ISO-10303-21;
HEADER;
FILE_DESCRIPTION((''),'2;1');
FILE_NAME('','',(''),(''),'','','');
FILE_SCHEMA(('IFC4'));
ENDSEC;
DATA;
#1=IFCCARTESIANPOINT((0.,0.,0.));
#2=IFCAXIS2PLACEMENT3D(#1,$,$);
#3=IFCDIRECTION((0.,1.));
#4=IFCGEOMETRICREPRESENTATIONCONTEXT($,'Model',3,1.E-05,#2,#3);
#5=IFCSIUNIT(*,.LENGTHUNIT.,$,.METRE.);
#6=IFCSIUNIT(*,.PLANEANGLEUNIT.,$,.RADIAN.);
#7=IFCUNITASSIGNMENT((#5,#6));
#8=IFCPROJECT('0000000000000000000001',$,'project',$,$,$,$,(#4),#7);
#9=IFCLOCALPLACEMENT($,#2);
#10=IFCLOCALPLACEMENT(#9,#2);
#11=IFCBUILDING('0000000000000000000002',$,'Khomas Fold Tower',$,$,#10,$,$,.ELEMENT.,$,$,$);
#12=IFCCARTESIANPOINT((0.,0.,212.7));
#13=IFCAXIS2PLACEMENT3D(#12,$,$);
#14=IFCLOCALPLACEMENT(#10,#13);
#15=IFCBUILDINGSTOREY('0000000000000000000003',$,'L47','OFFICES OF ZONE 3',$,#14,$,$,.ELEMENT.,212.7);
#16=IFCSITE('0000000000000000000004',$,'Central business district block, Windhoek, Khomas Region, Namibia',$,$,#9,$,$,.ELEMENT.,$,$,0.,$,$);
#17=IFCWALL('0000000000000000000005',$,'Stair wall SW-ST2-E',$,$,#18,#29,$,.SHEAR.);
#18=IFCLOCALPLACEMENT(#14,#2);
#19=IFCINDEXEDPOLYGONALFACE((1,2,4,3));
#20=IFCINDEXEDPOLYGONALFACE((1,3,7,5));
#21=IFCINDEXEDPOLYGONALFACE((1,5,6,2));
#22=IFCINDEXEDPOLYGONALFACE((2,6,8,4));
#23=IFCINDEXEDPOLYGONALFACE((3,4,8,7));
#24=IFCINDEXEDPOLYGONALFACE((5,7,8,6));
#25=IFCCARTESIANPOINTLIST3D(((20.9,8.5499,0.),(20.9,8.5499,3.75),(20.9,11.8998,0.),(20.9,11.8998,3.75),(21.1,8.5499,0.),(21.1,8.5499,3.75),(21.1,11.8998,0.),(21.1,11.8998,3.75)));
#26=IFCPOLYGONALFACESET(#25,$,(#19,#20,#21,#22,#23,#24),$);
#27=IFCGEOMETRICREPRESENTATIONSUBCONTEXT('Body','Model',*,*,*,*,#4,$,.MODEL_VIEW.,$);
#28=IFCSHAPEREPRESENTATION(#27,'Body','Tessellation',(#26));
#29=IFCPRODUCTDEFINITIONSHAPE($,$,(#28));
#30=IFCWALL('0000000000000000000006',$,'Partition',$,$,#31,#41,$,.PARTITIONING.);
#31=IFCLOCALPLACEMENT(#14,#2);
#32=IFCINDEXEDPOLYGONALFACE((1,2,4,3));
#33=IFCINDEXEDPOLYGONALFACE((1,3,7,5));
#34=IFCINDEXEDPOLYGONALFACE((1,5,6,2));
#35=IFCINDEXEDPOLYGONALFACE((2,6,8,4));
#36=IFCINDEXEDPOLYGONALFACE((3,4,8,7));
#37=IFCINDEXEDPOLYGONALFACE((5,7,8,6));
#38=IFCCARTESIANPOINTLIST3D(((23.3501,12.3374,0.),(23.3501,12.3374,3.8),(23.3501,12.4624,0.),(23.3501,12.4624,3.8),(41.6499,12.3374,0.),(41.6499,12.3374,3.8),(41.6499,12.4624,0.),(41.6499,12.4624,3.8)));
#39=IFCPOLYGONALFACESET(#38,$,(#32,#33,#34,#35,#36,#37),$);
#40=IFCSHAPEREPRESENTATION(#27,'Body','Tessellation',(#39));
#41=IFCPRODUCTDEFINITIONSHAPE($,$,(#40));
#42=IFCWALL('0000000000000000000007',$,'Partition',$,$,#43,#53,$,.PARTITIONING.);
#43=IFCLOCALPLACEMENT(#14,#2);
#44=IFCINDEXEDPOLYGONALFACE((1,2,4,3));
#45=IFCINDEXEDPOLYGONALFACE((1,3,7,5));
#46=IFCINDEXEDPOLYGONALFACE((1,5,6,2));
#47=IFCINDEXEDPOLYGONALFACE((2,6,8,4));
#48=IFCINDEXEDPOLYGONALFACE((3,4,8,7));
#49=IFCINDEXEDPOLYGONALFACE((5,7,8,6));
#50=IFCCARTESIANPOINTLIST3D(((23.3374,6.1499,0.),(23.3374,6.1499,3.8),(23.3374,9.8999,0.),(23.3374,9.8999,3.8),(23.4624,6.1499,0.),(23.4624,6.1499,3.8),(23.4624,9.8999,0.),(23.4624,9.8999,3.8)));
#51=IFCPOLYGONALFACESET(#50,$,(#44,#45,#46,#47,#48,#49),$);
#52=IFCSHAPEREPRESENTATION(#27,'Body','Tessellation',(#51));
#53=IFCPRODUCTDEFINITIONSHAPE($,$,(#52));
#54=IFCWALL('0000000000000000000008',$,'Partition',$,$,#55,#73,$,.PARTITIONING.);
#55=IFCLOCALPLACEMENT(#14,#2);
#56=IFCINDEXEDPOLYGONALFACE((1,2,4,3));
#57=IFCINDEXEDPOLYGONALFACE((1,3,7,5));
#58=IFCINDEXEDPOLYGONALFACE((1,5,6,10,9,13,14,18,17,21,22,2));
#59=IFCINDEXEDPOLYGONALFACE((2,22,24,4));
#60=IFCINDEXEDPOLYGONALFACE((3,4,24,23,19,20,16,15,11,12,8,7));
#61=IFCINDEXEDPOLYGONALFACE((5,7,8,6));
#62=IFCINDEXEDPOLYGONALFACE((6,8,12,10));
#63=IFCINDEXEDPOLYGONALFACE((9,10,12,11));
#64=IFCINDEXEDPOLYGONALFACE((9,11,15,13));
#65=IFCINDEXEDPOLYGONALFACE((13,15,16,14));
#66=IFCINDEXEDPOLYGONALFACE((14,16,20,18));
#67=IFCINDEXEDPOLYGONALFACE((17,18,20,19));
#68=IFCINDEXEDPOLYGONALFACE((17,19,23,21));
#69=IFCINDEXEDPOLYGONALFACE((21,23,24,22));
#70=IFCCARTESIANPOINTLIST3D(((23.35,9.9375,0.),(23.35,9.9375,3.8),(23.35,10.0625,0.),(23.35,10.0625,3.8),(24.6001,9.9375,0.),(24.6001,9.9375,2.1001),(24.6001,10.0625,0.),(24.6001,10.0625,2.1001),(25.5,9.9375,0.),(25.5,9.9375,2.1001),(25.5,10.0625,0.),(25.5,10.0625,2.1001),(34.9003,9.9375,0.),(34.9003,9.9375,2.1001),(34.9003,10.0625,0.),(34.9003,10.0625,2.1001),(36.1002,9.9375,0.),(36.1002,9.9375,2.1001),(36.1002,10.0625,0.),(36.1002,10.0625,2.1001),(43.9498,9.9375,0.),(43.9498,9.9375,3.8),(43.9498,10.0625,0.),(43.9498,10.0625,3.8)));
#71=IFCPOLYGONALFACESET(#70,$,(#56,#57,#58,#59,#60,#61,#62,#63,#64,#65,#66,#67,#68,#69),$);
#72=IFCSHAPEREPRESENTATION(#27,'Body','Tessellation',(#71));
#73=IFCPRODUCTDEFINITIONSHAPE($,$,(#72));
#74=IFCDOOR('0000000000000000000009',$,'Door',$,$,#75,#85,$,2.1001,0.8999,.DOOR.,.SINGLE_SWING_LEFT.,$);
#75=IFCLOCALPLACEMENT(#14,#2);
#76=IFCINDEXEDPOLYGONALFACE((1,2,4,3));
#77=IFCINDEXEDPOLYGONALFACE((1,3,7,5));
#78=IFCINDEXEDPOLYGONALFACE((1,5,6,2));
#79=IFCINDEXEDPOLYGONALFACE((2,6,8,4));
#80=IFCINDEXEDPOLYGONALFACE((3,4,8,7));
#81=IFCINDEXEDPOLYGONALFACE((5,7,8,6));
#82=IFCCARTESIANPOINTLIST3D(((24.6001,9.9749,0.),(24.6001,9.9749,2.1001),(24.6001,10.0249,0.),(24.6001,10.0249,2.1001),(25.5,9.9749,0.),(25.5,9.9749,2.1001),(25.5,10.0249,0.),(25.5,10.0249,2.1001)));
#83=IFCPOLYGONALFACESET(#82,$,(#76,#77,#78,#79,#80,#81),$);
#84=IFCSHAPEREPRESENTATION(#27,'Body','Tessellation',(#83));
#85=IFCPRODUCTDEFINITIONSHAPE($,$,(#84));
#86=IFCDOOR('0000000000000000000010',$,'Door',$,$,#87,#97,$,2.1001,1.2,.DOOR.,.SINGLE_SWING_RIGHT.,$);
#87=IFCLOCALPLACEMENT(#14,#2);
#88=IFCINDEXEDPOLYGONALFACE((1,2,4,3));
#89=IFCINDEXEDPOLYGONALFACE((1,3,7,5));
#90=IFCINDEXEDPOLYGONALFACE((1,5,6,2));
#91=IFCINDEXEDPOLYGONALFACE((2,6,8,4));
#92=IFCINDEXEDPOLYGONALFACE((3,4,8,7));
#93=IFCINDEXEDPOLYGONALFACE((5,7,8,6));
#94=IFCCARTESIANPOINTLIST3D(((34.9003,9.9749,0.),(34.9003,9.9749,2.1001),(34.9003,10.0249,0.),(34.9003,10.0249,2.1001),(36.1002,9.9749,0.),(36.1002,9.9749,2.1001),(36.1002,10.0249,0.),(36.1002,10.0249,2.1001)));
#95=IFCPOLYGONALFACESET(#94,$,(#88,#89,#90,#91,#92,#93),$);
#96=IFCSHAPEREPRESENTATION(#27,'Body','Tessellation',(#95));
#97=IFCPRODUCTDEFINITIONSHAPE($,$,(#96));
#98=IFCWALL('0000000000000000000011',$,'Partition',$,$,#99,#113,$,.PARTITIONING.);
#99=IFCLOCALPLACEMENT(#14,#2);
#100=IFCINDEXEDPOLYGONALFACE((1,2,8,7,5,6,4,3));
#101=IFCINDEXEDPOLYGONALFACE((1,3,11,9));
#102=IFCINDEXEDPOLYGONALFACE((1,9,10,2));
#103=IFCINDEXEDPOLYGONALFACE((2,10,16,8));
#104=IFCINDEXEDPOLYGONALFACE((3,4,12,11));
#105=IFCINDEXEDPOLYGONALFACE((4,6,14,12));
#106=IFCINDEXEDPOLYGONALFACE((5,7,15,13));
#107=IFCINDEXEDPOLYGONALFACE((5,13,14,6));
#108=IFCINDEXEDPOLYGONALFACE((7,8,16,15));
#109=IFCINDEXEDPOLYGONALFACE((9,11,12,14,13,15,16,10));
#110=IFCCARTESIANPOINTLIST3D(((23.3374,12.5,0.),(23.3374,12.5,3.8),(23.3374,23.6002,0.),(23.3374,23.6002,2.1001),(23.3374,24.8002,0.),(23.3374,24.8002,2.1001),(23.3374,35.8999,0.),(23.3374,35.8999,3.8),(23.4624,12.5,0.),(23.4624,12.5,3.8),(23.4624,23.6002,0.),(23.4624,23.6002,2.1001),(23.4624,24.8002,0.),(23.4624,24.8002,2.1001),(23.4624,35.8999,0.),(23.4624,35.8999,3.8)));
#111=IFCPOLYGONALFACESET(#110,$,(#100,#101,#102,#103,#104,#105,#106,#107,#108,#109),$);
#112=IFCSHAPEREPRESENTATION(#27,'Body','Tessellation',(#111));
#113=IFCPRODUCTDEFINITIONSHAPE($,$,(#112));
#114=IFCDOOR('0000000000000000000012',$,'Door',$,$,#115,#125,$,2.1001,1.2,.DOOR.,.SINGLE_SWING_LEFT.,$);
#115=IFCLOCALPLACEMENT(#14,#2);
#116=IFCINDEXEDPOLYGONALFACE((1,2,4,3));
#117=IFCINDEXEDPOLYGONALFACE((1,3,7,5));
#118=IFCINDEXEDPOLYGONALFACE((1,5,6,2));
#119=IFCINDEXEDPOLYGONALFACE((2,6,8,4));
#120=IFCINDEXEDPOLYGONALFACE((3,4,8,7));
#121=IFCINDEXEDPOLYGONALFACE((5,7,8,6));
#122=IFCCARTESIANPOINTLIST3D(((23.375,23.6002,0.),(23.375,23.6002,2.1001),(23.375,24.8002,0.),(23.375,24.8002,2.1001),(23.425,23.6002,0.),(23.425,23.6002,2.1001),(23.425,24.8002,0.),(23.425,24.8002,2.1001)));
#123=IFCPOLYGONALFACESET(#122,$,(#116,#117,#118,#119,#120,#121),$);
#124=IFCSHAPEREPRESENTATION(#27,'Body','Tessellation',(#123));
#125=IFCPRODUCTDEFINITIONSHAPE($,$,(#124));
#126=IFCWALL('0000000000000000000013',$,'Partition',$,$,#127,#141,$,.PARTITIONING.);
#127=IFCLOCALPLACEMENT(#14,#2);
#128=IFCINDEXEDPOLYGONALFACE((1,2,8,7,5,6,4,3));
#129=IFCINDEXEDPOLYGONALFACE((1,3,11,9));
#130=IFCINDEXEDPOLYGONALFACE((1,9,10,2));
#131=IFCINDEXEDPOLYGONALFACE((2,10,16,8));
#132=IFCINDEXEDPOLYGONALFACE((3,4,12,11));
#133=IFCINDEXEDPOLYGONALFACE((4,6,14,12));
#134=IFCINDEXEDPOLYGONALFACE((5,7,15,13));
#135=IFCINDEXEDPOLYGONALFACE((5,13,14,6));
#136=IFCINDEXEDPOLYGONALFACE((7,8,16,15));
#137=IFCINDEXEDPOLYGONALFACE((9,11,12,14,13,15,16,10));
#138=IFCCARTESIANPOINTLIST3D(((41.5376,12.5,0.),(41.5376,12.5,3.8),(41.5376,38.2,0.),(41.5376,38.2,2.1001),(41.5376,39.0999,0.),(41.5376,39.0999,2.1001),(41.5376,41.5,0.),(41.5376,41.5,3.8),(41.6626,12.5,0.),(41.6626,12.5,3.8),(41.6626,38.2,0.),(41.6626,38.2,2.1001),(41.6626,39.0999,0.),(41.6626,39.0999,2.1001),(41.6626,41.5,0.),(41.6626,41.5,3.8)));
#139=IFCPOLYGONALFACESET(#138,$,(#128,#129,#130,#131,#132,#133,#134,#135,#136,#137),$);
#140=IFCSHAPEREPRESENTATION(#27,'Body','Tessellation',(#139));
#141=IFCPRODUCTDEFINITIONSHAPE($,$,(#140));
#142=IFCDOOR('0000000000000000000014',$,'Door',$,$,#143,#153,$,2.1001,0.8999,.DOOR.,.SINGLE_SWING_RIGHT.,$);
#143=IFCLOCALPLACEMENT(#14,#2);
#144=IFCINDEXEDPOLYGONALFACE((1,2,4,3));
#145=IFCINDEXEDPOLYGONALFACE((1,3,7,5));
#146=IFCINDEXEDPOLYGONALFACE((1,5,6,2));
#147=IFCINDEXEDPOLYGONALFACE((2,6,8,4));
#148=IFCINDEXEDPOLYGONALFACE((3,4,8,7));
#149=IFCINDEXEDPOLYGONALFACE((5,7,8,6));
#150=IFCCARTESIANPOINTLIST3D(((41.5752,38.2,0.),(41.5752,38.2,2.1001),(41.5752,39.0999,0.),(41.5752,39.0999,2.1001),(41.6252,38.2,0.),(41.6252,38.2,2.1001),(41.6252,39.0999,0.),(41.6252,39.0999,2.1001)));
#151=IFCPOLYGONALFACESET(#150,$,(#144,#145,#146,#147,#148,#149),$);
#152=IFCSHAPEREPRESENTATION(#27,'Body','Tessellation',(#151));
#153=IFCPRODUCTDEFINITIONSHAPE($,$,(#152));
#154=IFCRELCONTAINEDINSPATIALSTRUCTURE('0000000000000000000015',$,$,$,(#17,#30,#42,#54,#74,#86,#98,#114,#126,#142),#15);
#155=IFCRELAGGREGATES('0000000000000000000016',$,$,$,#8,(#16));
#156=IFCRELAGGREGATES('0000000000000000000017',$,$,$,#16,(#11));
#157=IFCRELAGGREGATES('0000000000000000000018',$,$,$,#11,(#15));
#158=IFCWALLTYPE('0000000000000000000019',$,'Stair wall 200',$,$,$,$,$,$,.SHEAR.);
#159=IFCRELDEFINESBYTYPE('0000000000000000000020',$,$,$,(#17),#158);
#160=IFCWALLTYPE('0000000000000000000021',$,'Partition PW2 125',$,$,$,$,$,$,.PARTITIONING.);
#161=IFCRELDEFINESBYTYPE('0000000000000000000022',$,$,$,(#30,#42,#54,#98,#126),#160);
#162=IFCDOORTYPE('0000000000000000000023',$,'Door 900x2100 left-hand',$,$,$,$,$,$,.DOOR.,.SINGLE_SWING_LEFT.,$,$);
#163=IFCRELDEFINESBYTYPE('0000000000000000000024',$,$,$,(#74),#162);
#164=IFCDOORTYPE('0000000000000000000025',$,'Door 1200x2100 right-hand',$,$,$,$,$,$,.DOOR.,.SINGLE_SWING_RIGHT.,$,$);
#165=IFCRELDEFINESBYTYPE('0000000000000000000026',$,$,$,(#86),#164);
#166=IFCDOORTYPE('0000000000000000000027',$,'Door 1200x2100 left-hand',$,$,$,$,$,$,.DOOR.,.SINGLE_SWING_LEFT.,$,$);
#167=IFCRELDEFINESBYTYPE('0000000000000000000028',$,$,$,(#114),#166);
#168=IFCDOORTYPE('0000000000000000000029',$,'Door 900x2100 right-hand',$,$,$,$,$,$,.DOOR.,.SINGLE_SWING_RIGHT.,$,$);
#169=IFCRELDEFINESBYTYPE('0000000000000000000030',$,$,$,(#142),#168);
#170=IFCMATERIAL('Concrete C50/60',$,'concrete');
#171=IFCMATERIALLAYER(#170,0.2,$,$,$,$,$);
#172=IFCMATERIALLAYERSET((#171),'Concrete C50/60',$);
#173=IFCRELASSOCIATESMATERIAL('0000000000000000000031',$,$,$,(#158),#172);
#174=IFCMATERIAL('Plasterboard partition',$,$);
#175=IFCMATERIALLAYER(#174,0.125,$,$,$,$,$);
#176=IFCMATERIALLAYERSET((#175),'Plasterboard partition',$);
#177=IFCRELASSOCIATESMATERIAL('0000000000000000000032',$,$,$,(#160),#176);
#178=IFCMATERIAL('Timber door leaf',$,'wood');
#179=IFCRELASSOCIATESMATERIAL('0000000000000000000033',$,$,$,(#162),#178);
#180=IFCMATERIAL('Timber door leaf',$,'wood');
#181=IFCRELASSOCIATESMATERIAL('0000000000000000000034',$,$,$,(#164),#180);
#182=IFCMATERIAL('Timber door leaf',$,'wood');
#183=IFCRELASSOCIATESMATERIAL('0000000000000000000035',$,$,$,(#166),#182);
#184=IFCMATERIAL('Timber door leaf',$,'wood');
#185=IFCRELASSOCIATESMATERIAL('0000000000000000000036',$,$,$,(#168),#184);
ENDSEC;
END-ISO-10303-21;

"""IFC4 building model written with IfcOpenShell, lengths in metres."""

from ifc_helpers import new_model, si_unit, direction, frame, frame_2d, origin, place, context, subcontext, project, spatial, rectangle, extrude, source, transform, mapped, material, layer, layer_set, type_object, element, fill, save


model = new_model("IFC4")

# Units and contexts
model_context = context("Model", 3, precision=1e-05, world=origin(), true_north=direction((0.0, 1.0)))
body_context = subcontext(model_context, "Body", "Model", "MODEL_VIEW")
ifc_project = project(units=[si_unit("LENGTHUNIT", "METRE"), si_unit("PLANEANGLEUNIT", "RADIAN")], contexts=[model_context])

# Site, building, storey
site_placement = place(None, origin())
site = spatial("IfcSite", under=ifc_project, at=site_placement, Name="Central business district block, Windhoek, Khomas Region, Namibia", CompositionType="ELEMENT", RefElevation=0.0)
building_placement = place(site_placement, origin())
building = spatial("IfcBuilding", under=site, at=building_placement, Name="Khomas Fold Tower", CompositionType="ELEMENT")
storey_placement = place(building_placement, frame((0.0, 0.0, 212.7)))
storey = spatial("IfcBuildingStorey", under=building, at=storey_placement, Name="L47", Description="OFFICES OF ZONE 3", CompositionType="ELEMENT", Elevation=212.7)

# Walls
ifc_material_1 = material(Name="Concrete C50/60", Category="concrete")
ifc_layer_1 = layer(ifc_material_1, 0.2)
ifc_layer_set_1 = layer_set([ifc_layer_1], Name="Concrete C50/60")
wall_type_1 = type_object("IfcWallType", Name="Stair wall 200", PredefinedType="SHEAR", material=ifc_layer_set_1)
shared_shape_1 = source(origin(), body_context, "Body", "SweptSolid", [
    extrude(rectangle(XDim=3.3499, YDim=0.2, at=frame_2d((1.6748, 0.0))), origin(), (0.0, 0.0, 1.0), 3.75),
])
wall_1_placement = place(storey_placement, frame((21.0, 8.55, 0.0), z_axis=(0.0, 0.0, 1.0), x_axis=(0.0, 1.0, 0.0)))
element("IfcWall", 1, at=wall_1_placement, inside=storey, type_object=wall_type_1, Name="Stair wall SW-ST2-E", PredefinedType="SHEAR", context=body_context, shape_type="MappedRepresentation", body=[
    mapped(shared_shape_1, transform((0.0, 0.0, 0.0))),
])
ifc_material_2 = material(Name="Plasterboard partition")
ifc_layer_2 = layer(ifc_material_2, 0.125)
ifc_layer_set_2 = layer_set([ifc_layer_2], Name="Plasterboard partition")
wall_type_2 = type_object("IfcWallType", Name="Partition PW2 125", PredefinedType="PARTITIONING", material=ifc_layer_set_2)
shared_shape_2 = source(origin(), body_context, "Body", "SweptSolid", [
    extrude(rectangle(XDim=18.2998, YDim=0.125, at=frame_2d((9.1499, 0.0))), origin(), (0.0, 0.0, 1.0), 3.8),
])
wall_2_placement = place(storey_placement, frame((23.3501, 12.3999, 0.0), z_axis=(0.0, 0.0, 1.0), x_axis=(1.0, 0.0, 0.0)))
element("IfcWall", 2, at=wall_2_placement, inside=storey, type_object=wall_type_2, Name="Partition", PredefinedType="PARTITIONING", context=body_context, shape_type="MappedRepresentation", body=[
    mapped(shared_shape_2, transform((0.0, 0.0, 0.0))),
])
shared_shape_3 = source(origin(), body_context, "Body", "SweptSolid", [
    extrude(rectangle(XDim=3.75, YDim=0.125, at=frame_2d((1.875, 0.0))), origin(), (0.0, 0.0, 1.0), 3.8),
])
wall_3_placement = place(storey_placement, frame((23.3999, 6.1499, 0.0), z_axis=(0.0, 0.0, 1.0), x_axis=(0.0, 1.0, 0.0)))
element("IfcWall", 3, at=wall_3_placement, inside=storey, type_object=wall_type_2, Name="Partition", PredefinedType="PARTITIONING", context=body_context, shape_type="MappedRepresentation", body=[
    mapped(shared_shape_3, transform((0.0, 0.0, 0.0))),
])

# Wall, openings, doors
shared_shape_4 = source(origin(), body_context, "Body", "SweptSolid", [
    extrude(rectangle(XDim=20.5999, YDim=0.125, at=frame_2d((10.2998, 0.0))), origin(), (0.0, 0.0, 1.0), 3.8),
])
wall_4_placement = place(storey_placement, frame((23.3501, 10.0, 0.0), z_axis=(0.0, 0.0, 1.0), x_axis=(1.0, 0.0, 0.0)))
wall_4 = element("IfcWall", 4, at=wall_4_placement, inside=storey, type_object=wall_type_2, Name="Partition", PredefinedType="PARTITIONING", context=body_context, shape_type="MappedRepresentation", body=[
    mapped(shared_shape_4, transform((0.0, 0.0, 0.0))),
])
shared_shape_5 = source(origin(), body_context, "Body", "SweptSolid", [
    extrude(rectangle(XDim=0.8999, YDim=2.1001, at=frame_2d((0.45, 1.05))), frame((0.0, 0.0725, 0.0), z_axis=(0.0, -1.0, 0.0), x_axis=(1.0, 0.0, 0.0)), (0.0, 0.0, 1.0), 0.145),
])
opening_1_placement = place(wall_4_placement, frame((1.25, 0.0, 0.0)))
opening_1 = element("IfcOpeningElement", 5, at=opening_1_placement, cuts=wall_4, PredefinedType="OPENING", context=body_context, shape_type="MappedRepresentation", body=[
    mapped(shared_shape_5, transform((0.0, 0.0, 0.0))),
])
shared_shape_6 = source(origin(), body_context, "Body", "SweptSolid", [
    extrude(rectangle(XDim=1.2, YDim=2.1001, at=frame_2d((0.6001, 1.05))), frame((0.0, 0.0725, 0.0), z_axis=(0.0, -1.0, 0.0), x_axis=(1.0, 0.0, 0.0)), (0.0, 0.0, 1.0), 0.145),
])
opening_2_placement = place(wall_4_placement, frame((11.55, 0.0, 0.0)))
opening_2 = element("IfcOpeningElement", 6, at=opening_2_placement, cuts=wall_4, PredefinedType="OPENING", context=body_context, shape_type="MappedRepresentation", body=[
    mapped(shared_shape_6, transform((0.0, 0.0, 0.0))),
])
ifc_material_3 = material(Name="Timber door leaf", Category="wood")
door_type_1 = type_object("IfcDoorType", Name="Door 900x2100 left-hand", OperationType="SINGLE_SWING_LEFT", PredefinedType="DOOR", material=ifc_material_3)
shared_shape_7 = source(origin(), body_context, "Body", "SweptSolid", [
    extrude(rectangle(XDim=0.8999, YDim=2.1001, at=frame_2d((0.45, 1.05))), frame((0.0, 0.0249, 0.0), z_axis=(0.0, -1.0, 0.0), x_axis=(1.0, 0.0, 0.0)), (0.0, 0.0, 1.0), 0.05),
])
door_1_placement = place(opening_1_placement, origin())
door_1 = element("IfcDoor", 7, at=door_1_placement, inside=storey, type_object=door_type_1, Name="Door", OperationType="SINGLE_SWING_LEFT", OverallHeight=2.1001, OverallWidth=0.8999, PredefinedType="DOOR", context=body_context, shape_type="MappedRepresentation", body=[
    mapped(shared_shape_7, transform((0.0, 0.0, 0.0))),
])
fill(opening_1, door_1)
ifc_material_4 = material(Name="Timber door leaf", Category="wood")
door_type_2 = type_object("IfcDoorType", Name="Door 1200x2100 right-hand", OperationType="SINGLE_SWING_RIGHT", PredefinedType="DOOR", material=ifc_material_4)
shared_shape_8 = source(origin(), body_context, "Body", "SweptSolid", [
    extrude(rectangle(XDim=1.2, YDim=2.1001, at=frame_2d((0.6001, 1.05))), frame((0.0, 0.0249, 0.0), z_axis=(0.0, -1.0, 0.0), x_axis=(1.0, 0.0, 0.0)), (0.0, 0.0, 1.0), 0.05),
])
door_2_placement = place(opening_2_placement, origin())
door_2 = element("IfcDoor", 8, at=door_2_placement, inside=storey, type_object=door_type_2, Name="Door", OperationType="SINGLE_SWING_RIGHT", OverallHeight=2.1001, OverallWidth=1.2, PredefinedType="DOOR", context=body_context, shape_type="MappedRepresentation", body=[
    mapped(shared_shape_8, transform((0.0, 0.0, 0.0))),
])
fill(opening_2, door_2)

# Walls, openings, doors
shared_shape_9 = source(origin(), body_context, "Body", "SweptSolid", [
    extrude(rectangle(XDim=23.3999, YDim=0.125, at=frame_2d((11.7, 0.0))), origin(), (0.0, 0.0, 1.0), 3.8),
])
wall_5_placement = place(storey_placement, frame((23.3999, 12.5, 0.0), z_axis=(0.0, 0.0, 1.0), x_axis=(0.0, 1.0, 0.0)))
wall_5 = element("IfcWall", 9, at=wall_5_placement, inside=storey, type_object=wall_type_2, Name="Partition", PredefinedType="PARTITIONING", context=body_context, shape_type="MappedRepresentation", body=[
    mapped(shared_shape_9, transform((0.0, 0.0, 0.0))),
])
opening_3_placement = place(wall_5_placement, frame((11.1001, 0.0, 0.0)))
opening_3 = element("IfcOpeningElement", 10, at=opening_3_placement, cuts=wall_5, PredefinedType="OPENING", context=body_context, shape_type="MappedRepresentation", body=[
    mapped(shared_shape_6, transform((0.0, 0.0, 0.0))),
])
ifc_material_5 = material(Name="Timber door leaf", Category="wood")
door_type_3 = type_object("IfcDoorType", Name="Door 1200x2100 left-hand", OperationType="SINGLE_SWING_LEFT", PredefinedType="DOOR", material=ifc_material_5)
door_3_placement = place(opening_3_placement, origin())
door_3 = element("IfcDoor", 11, at=door_3_placement, inside=storey, type_object=door_type_3, Name="Door", OperationType="SINGLE_SWING_LEFT", OverallHeight=2.1001, OverallWidth=1.2, PredefinedType="DOOR", context=body_context, shape_type="MappedRepresentation", body=[
    mapped(shared_shape_8, transform((0.0, 0.0, 0.0))),
])
fill(opening_3, door_3)
shared_shape_10 = source(origin(), body_context, "Body", "SweptSolid", [
    extrude(rectangle(XDim=29.0, YDim=0.125, at=frame_2d((14.5, 0.0))), origin(), (0.0, 0.0, 1.0), 3.8),
])
wall_6_placement = place(storey_placement, frame((41.6001, 12.5, 0.0), z_axis=(0.0, 0.0, 1.0), x_axis=(0.0, 1.0, 0.0)))
wall_6 = element("IfcWall", 12, at=wall_6_placement, inside=storey, type_object=wall_type_2, Name="Partition", PredefinedType="PARTITIONING", context=body_context, shape_type="MappedRepresentation", body=[
    mapped(shared_shape_10, transform((0.0, 0.0, 0.0))),
])
opening_4_placement = place(wall_6_placement, frame((25.7, 0.0, 0.0)))
opening_4 = element("IfcOpeningElement", 13, at=opening_4_placement, cuts=wall_6, PredefinedType="OPENING", context=body_context, shape_type="MappedRepresentation", body=[
    mapped(shared_shape_5, transform((0.0, 0.0, 0.0))),
])
ifc_material_6 = material(Name="Timber door leaf", Category="wood")
door_type_4 = type_object("IfcDoorType", Name="Door 900x2100 right-hand", OperationType="SINGLE_SWING_RIGHT", PredefinedType="DOOR", material=ifc_material_6)
door_4_placement = place(opening_4_placement, origin())
door_4 = element("IfcDoor", 14, at=door_4_placement, inside=storey, type_object=door_type_4, Name="Door", OperationType="SINGLE_SWING_RIGHT", OverallHeight=2.1001, OverallWidth=0.8999, PredefinedType="DOOR", context=body_context, shape_type="MappedRepresentation", body=[
    mapped(shared_shape_7, transform((0.0, 0.0, 0.0))),
])
fill(opening_4, door_4)

save(model, "model.ifc")
